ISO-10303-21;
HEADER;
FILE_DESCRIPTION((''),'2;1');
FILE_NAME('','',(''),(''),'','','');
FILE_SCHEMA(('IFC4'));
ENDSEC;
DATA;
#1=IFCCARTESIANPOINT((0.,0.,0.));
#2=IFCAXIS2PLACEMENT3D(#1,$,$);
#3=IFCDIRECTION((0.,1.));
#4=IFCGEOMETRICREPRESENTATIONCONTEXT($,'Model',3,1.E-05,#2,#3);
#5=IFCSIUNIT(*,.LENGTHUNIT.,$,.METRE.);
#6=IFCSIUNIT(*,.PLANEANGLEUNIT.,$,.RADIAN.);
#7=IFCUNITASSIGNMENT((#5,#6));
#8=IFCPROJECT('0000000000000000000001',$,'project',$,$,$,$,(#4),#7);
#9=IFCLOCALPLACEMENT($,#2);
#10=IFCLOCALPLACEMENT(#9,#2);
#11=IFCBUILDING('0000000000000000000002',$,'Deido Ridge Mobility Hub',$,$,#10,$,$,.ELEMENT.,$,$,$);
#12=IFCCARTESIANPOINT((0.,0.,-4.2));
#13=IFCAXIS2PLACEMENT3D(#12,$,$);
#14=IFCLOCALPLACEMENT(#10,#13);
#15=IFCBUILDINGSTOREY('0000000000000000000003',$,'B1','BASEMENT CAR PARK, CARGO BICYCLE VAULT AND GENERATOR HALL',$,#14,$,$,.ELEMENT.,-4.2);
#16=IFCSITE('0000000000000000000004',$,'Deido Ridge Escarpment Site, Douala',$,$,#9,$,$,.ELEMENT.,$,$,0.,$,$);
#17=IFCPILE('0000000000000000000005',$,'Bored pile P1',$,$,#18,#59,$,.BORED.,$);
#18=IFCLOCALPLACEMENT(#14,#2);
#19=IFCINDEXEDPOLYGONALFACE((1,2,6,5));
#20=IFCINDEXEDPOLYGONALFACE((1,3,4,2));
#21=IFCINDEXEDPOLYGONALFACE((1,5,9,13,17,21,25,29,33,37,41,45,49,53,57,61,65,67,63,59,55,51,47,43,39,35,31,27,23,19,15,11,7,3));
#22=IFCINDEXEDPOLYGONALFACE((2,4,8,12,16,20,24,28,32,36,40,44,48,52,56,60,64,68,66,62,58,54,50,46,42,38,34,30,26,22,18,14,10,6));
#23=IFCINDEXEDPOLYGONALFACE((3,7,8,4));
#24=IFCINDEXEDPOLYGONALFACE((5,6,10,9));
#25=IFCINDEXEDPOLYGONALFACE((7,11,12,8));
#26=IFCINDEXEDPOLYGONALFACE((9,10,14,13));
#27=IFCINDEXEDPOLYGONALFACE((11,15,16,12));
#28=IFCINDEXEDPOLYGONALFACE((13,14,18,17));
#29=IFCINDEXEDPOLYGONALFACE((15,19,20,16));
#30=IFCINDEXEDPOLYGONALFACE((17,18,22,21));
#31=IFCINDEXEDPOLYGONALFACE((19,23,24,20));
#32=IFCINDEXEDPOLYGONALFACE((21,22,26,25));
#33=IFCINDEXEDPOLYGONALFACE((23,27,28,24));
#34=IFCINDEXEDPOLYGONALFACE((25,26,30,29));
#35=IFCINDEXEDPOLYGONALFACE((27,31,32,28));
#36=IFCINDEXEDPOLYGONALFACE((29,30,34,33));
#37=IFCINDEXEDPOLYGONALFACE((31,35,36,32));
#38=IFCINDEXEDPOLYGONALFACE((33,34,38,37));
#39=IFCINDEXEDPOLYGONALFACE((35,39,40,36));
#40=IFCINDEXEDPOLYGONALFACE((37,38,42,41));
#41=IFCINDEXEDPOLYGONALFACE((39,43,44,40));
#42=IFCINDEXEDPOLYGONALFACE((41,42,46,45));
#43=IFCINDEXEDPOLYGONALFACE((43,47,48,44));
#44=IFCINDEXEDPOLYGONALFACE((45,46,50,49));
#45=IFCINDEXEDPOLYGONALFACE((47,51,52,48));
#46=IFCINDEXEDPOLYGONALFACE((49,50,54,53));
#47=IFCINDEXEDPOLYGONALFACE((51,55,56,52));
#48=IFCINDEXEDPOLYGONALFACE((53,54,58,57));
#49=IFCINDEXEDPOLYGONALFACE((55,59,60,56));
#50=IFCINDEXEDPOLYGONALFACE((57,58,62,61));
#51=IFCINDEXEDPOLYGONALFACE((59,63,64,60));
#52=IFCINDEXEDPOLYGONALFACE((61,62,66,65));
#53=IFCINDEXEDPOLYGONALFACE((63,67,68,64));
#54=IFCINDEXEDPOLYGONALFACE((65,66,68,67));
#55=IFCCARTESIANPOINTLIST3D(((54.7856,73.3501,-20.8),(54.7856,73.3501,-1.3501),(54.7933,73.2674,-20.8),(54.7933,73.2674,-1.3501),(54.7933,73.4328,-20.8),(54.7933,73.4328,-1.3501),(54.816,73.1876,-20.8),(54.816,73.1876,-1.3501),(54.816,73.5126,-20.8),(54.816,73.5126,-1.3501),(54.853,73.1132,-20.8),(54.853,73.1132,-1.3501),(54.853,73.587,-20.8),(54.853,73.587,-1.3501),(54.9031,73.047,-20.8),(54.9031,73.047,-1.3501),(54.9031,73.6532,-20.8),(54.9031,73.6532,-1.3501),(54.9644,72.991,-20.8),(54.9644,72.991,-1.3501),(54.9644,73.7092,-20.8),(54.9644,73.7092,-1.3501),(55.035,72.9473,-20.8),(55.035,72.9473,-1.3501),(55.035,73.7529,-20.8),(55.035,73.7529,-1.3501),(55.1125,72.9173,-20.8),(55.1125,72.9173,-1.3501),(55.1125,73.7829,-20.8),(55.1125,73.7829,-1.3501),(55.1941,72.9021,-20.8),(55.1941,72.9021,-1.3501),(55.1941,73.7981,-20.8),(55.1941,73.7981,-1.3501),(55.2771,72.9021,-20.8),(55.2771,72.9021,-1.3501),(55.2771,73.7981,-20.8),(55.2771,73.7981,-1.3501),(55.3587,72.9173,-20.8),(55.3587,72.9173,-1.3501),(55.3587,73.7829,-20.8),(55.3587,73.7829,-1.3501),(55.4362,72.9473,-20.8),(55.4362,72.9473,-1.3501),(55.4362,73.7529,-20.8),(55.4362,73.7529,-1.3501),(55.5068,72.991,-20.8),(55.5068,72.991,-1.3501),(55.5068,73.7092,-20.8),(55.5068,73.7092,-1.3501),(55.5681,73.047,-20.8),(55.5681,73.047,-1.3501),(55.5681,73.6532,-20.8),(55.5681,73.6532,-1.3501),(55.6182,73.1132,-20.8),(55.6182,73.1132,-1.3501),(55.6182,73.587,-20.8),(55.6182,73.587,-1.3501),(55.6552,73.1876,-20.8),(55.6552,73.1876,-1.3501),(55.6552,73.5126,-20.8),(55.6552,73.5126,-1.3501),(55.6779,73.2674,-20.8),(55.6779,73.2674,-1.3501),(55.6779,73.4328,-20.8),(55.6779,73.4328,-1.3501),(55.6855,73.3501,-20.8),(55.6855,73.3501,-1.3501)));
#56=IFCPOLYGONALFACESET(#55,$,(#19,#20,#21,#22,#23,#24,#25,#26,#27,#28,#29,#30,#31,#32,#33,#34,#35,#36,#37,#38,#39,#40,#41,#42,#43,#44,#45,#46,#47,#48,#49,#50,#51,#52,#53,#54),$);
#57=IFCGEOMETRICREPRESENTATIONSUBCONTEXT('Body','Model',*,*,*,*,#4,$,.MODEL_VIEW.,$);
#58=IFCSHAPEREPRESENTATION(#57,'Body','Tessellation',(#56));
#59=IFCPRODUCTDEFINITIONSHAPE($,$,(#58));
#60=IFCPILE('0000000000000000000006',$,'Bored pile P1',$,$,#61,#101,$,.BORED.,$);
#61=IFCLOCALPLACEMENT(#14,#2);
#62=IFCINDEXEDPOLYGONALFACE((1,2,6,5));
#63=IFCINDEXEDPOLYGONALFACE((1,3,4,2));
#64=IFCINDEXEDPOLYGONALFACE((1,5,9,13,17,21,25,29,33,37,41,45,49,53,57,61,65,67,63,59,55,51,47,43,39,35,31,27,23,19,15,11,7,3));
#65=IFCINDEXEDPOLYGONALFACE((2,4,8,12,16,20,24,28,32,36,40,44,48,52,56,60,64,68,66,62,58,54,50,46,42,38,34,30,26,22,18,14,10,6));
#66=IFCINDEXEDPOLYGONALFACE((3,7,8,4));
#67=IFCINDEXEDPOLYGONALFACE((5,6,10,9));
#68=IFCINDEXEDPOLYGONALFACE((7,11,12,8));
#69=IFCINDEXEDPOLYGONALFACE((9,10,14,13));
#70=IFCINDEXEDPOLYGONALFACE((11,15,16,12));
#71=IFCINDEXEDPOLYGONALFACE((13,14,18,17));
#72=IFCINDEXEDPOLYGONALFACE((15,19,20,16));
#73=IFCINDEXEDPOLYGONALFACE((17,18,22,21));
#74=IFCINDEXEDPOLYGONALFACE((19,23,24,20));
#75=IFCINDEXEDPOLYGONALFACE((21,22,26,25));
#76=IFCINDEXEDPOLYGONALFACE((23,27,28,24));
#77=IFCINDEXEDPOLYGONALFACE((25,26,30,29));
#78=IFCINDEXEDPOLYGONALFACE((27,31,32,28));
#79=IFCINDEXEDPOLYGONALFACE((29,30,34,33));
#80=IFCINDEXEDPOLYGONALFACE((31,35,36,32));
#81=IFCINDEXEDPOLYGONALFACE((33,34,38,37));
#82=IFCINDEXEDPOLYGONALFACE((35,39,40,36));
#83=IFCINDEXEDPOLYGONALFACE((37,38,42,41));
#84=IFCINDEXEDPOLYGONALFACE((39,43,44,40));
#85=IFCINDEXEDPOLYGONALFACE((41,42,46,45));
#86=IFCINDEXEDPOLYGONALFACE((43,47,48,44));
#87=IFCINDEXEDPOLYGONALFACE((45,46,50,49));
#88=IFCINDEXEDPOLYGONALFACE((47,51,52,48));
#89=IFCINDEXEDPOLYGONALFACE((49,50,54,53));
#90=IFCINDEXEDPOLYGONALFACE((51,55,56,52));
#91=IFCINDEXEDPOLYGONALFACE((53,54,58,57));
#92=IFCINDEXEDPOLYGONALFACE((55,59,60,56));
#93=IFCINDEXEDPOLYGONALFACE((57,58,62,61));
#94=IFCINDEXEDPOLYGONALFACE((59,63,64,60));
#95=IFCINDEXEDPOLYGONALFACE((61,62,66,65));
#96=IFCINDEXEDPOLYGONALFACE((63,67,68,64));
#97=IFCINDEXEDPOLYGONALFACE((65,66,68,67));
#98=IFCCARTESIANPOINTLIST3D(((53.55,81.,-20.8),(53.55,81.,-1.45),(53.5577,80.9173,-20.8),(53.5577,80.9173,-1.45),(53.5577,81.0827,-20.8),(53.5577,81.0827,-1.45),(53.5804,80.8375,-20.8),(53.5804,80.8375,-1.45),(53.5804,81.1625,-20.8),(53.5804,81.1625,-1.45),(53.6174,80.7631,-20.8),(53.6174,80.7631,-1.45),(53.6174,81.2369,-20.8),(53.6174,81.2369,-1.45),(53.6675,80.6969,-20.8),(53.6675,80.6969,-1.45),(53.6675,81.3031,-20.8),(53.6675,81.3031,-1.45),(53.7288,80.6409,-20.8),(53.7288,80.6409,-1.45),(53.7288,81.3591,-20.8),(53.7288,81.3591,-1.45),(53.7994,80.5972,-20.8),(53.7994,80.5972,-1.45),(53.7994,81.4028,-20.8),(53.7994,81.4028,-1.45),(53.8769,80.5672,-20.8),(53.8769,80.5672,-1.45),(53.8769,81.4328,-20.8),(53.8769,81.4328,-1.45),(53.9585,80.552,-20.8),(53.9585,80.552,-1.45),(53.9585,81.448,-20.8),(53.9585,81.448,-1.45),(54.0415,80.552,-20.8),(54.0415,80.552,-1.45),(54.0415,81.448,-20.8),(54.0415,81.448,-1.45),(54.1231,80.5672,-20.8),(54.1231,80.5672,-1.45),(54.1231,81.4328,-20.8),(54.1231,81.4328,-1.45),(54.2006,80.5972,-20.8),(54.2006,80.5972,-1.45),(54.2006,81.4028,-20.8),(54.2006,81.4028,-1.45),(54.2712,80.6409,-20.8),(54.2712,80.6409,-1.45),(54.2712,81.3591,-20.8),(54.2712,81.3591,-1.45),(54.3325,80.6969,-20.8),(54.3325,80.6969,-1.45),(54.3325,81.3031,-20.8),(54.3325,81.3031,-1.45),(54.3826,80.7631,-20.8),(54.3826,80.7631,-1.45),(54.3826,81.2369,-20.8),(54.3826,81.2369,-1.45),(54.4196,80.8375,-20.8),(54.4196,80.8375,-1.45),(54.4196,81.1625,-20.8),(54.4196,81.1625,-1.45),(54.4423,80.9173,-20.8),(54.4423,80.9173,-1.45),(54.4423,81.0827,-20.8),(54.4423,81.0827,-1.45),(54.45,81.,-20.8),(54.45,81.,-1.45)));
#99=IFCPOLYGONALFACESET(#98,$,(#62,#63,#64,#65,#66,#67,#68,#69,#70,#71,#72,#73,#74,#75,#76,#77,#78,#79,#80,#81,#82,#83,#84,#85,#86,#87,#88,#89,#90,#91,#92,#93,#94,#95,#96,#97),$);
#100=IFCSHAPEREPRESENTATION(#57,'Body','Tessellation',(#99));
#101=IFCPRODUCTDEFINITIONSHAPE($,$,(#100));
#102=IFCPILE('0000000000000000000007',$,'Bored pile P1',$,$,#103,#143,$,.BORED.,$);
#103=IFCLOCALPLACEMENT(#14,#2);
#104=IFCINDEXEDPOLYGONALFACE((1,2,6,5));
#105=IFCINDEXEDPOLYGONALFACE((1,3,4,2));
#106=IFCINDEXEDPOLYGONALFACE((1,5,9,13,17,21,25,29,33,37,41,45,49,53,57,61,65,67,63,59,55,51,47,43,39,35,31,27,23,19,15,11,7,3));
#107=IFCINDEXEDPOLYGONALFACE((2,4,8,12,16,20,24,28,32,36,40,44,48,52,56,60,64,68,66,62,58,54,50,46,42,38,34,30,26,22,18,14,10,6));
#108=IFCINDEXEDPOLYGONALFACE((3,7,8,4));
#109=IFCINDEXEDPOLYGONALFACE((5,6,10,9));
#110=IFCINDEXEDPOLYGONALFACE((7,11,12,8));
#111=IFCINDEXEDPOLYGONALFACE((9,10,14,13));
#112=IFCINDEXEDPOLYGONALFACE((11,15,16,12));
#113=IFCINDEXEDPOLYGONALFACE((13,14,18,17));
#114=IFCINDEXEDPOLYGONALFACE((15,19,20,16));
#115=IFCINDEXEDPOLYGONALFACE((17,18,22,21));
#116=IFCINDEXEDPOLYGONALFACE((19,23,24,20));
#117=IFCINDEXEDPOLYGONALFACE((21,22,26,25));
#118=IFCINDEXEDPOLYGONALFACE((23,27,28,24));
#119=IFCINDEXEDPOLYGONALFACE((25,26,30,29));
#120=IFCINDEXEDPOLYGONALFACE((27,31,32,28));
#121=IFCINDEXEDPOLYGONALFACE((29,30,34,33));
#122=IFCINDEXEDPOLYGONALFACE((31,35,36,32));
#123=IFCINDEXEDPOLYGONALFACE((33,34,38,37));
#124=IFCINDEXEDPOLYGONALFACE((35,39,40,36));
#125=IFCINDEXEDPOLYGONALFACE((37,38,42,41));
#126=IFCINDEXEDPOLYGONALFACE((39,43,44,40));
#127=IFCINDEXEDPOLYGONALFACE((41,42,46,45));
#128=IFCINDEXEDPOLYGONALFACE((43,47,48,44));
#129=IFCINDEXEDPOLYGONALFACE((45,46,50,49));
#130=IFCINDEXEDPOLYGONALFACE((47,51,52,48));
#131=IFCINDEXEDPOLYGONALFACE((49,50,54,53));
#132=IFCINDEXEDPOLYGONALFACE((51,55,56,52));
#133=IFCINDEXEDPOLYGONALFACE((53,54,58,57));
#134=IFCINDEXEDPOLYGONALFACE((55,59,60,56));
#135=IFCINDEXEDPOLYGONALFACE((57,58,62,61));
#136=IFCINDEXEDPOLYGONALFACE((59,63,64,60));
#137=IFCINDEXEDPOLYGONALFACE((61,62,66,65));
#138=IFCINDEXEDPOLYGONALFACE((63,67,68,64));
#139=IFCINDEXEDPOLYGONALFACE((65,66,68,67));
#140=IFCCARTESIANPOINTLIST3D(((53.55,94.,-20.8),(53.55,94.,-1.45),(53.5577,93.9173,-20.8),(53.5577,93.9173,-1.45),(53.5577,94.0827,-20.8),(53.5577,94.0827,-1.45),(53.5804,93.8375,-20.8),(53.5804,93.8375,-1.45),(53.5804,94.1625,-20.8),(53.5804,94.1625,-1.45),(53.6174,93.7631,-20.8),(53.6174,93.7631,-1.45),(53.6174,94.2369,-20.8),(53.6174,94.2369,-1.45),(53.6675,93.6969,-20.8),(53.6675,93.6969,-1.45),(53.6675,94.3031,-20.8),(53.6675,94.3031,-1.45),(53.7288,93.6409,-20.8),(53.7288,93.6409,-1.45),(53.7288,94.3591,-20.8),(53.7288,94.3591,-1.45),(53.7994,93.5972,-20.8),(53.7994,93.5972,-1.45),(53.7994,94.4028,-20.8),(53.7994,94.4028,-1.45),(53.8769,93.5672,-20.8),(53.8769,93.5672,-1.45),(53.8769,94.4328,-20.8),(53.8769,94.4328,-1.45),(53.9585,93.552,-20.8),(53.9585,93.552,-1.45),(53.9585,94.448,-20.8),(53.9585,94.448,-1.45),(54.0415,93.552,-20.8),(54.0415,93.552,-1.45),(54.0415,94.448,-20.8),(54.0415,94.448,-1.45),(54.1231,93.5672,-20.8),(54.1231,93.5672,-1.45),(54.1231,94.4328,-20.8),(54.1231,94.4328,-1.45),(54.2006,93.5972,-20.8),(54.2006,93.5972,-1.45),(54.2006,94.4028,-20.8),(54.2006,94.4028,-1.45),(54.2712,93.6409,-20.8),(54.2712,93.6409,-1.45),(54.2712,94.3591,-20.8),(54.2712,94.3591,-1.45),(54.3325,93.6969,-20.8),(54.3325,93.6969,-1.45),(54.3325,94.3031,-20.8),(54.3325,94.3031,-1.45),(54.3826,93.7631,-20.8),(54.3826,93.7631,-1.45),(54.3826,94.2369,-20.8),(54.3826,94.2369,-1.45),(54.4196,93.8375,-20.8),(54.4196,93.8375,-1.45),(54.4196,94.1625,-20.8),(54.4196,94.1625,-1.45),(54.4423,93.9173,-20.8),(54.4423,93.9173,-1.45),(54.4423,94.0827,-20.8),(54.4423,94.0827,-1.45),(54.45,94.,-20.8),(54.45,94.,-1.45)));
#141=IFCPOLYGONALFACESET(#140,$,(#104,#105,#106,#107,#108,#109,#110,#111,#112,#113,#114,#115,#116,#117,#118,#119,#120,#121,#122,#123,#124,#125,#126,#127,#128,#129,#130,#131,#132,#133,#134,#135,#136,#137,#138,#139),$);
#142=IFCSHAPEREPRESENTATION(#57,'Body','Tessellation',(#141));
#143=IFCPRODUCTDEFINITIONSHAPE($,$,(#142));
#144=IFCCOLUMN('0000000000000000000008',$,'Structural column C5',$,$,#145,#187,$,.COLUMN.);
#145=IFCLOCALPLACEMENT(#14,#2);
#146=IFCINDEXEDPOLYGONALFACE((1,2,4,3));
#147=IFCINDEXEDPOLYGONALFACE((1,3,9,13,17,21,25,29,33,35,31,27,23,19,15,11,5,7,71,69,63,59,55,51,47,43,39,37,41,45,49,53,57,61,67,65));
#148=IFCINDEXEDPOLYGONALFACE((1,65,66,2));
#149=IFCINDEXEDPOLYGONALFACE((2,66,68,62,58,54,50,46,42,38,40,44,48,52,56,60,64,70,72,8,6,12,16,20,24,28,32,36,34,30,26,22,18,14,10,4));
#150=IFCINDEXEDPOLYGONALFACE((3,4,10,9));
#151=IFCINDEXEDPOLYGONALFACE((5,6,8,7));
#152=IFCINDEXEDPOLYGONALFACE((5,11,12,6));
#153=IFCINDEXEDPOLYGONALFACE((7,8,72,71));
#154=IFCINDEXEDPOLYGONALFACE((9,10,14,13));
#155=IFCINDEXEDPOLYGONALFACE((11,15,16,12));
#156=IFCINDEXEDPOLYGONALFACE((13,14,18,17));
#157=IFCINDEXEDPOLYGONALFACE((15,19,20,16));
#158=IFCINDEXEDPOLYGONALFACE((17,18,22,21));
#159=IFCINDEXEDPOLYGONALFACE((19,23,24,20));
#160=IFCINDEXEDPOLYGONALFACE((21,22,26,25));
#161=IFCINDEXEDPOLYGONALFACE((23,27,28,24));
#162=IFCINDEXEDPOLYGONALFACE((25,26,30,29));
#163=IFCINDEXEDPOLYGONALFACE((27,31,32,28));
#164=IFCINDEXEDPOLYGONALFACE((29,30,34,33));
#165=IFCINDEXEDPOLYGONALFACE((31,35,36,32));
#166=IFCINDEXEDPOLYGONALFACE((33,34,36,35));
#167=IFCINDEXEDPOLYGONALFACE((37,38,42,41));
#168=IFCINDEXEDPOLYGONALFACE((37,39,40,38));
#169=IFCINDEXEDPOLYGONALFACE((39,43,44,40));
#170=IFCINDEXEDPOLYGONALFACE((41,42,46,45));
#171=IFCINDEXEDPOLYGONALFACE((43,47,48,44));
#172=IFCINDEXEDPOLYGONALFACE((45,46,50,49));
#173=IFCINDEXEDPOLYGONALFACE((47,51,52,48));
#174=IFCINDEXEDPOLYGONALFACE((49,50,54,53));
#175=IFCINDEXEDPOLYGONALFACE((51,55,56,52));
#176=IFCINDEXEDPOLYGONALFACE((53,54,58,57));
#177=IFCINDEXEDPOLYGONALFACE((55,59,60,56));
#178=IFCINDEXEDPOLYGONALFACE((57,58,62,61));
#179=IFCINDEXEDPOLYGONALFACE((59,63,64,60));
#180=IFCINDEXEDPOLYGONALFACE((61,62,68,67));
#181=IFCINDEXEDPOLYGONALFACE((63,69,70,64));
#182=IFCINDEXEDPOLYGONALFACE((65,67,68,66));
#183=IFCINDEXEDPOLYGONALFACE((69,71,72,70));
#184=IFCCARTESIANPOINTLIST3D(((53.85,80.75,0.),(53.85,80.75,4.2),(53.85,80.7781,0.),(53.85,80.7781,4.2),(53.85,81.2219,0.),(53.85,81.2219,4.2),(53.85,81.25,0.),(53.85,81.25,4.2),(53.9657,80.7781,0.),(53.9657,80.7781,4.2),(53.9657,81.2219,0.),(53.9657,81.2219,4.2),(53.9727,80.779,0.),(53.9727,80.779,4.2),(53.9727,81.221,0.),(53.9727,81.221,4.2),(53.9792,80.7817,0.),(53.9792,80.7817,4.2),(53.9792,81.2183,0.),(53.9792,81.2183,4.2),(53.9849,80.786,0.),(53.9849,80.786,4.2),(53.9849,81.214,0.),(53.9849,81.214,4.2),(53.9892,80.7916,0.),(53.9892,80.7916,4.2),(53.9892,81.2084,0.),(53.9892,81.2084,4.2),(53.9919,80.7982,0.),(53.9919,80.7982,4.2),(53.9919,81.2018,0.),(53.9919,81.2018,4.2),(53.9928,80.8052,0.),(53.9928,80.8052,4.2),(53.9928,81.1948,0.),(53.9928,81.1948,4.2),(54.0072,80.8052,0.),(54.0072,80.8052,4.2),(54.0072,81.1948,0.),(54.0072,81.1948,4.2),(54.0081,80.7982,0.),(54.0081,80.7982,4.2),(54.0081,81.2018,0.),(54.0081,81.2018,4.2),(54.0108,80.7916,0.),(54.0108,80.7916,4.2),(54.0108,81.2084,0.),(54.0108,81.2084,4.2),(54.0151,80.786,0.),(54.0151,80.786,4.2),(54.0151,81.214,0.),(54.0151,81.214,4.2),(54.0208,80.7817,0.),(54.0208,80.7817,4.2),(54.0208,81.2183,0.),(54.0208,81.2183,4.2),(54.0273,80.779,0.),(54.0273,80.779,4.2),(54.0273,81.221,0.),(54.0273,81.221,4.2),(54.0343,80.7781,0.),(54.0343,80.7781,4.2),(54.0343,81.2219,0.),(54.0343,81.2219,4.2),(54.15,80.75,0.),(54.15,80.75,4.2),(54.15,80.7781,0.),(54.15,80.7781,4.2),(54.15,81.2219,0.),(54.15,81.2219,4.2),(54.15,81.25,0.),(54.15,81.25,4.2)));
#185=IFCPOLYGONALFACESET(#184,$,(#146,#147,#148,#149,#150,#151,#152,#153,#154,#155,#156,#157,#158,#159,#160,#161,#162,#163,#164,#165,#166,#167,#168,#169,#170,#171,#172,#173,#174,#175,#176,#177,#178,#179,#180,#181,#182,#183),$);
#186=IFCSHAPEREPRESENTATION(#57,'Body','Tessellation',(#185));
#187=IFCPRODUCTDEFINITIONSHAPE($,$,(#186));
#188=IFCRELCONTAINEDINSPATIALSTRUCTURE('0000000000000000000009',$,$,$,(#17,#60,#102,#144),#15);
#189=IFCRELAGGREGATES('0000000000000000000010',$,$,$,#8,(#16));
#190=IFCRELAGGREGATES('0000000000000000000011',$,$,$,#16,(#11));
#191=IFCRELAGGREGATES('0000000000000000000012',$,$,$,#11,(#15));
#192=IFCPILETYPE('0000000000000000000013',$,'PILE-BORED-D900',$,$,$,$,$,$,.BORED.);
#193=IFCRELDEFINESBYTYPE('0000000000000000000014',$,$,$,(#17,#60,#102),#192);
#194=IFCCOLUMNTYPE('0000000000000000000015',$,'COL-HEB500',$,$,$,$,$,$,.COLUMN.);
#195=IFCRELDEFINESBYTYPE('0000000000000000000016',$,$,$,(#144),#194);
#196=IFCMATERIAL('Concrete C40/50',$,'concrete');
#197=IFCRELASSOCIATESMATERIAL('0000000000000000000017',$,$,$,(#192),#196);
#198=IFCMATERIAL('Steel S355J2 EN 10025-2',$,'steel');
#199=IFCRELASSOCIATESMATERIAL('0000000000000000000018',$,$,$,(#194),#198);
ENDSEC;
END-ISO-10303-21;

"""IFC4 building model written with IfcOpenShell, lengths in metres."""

from ifc_helpers import new_model, si_unit, direction, frame, origin, origin_2d, place, context, subcontext, project, spatial, circle, i_section, extrude, material, material_profile, profile_set, type_object, element, save


model = new_model("IFC4")

# Units and contexts
model_context = context("Model", 3, precision=1e-05, world=origin(), true_north=direction((0.0, 1.0)))
body_context = subcontext(model_context, "Body", "Model", "MODEL_VIEW")
ifc_project = project(units=[si_unit("LENGTHUNIT", "METRE"), si_unit("PLANEANGLEUNIT", "RADIAN")], contexts=[model_context])

# Site, building, storey
site_placement = place(None, origin())
site = spatial("IfcSite", under=ifc_project, at=site_placement, Name="Deido Ridge Escarpment Site, Douala", CompositionType="ELEMENT", RefElevation=0.0)
building_placement = place(site_placement, origin())
building = spatial("IfcBuilding", under=site, at=building_placement, Name="Deido Ridge Mobility Hub", CompositionType="ELEMENT")
storey_placement = place(building_placement, frame((0.0, 0.0, -4.2)))
storey = spatial("IfcBuildingStorey", under=building, at=storey_placement, Name="B1", Description="BASEMENT CAR PARK, CARGO BICYCLE VAULT AND GENERATOR HALL", CompositionType="ELEMENT", Elevation=-4.2)

# Shared definitions
ifc_material_1 = material(Name="Concrete C40/50", Category="concrete")

# Piles
ifc_material_profile_1 = material_profile(ifc_material_1, circle(Radius=0.45, at=origin_2d()), Name="BORED PILE D900")
ifc_profile_set_1 = profile_set([ifc_material_profile_1], Name="Concrete C40/50")
pile_type_1 = type_object("IfcPileType", Name="PILE-BORED-D900", PredefinedType="BORED", material=ifc_profile_set_1)
for number, where, z_axis, x_axis, name in (
    (1, (55.2356, 73.3501, -1.3501), (0.0, 0.0, -1.0), (1.0, 0.0, 0.0), "Bored pile P1"),
):
    element("IfcPile", number, at=place(storey_placement, frame(where, z_axis=z_axis, x_axis=x_axis)), inside=storey, type_object=pile_type_1, Name=name, PredefinedType="BORED", context=body_context, shape_type="SweptSolid", body=[
        extrude(circle(Radius=0.45, at=origin_2d()), origin(), (0.0, 0.0, 1.0), 19.45),
    ])
for number, where, z_axis, x_axis, name in (
    (2, (54.0, 81.0, -1.45), (0.0, 0.0, -1.0), (1.0, 0.0, 0.0), "Bored pile P1"),
    (3, (54.0, 94.0, -1.45), (0.0, 0.0, -1.0), (1.0, 0.0, 0.0), "Bored pile P1"),
):
    element("IfcPile", number, at=place(storey_placement, frame(where, z_axis=z_axis, x_axis=x_axis)), inside=storey, type_object=pile_type_1, Name=name, PredefinedType="BORED", context=body_context, shape_type="SweptSolid", body=[
        extrude(circle(Radius=0.45, at=origin_2d()), origin(), (0.0, 0.0, 1.0), 19.3501),
    ])

# Column
ifc_material_2 = material(Name="Steel S355J2 EN 10025-2", Category="steel")
ifc_material_profile_2 = material_profile(ifc_material_2, i_section(OverallWidth=0.3, OverallDepth=0.5, WebThickness=0.0144, FlangeThickness=0.0281, FilletRadius=0.0271, at=origin_2d()), Name="HEB 500")
ifc_profile_set_2 = profile_set([ifc_material_profile_2], Name="Steel S355J2 EN 10025-2")
column_type_1 = type_object("IfcColumnType", Name="COL-HEB500", PredefinedType="COLUMN", material=ifc_profile_set_2)
for number, where, z_axis, x_axis, name in (
    (4, (54.0, 81.0, 0.0), (0.0, 0.0, 1.0), (1.0, 0.0, 0.0), "Structural column C5"),
):
    element("IfcColumn", number, at=place(storey_placement, frame(where, z_axis=z_axis, x_axis=x_axis)), inside=storey, type_object=column_type_1, Name=name, PredefinedType="COLUMN", context=body_context, shape_type="SweptSolid", body=[
        extrude(i_section(OverallWidth=0.3, OverallDepth=0.5, WebThickness=0.0144, FlangeThickness=0.0281, FilletRadius=0.0271, at=origin_2d()), origin(), (0.0, 0.0, 1.0), 4.2),
    ])

save(model, "model.ifc")
